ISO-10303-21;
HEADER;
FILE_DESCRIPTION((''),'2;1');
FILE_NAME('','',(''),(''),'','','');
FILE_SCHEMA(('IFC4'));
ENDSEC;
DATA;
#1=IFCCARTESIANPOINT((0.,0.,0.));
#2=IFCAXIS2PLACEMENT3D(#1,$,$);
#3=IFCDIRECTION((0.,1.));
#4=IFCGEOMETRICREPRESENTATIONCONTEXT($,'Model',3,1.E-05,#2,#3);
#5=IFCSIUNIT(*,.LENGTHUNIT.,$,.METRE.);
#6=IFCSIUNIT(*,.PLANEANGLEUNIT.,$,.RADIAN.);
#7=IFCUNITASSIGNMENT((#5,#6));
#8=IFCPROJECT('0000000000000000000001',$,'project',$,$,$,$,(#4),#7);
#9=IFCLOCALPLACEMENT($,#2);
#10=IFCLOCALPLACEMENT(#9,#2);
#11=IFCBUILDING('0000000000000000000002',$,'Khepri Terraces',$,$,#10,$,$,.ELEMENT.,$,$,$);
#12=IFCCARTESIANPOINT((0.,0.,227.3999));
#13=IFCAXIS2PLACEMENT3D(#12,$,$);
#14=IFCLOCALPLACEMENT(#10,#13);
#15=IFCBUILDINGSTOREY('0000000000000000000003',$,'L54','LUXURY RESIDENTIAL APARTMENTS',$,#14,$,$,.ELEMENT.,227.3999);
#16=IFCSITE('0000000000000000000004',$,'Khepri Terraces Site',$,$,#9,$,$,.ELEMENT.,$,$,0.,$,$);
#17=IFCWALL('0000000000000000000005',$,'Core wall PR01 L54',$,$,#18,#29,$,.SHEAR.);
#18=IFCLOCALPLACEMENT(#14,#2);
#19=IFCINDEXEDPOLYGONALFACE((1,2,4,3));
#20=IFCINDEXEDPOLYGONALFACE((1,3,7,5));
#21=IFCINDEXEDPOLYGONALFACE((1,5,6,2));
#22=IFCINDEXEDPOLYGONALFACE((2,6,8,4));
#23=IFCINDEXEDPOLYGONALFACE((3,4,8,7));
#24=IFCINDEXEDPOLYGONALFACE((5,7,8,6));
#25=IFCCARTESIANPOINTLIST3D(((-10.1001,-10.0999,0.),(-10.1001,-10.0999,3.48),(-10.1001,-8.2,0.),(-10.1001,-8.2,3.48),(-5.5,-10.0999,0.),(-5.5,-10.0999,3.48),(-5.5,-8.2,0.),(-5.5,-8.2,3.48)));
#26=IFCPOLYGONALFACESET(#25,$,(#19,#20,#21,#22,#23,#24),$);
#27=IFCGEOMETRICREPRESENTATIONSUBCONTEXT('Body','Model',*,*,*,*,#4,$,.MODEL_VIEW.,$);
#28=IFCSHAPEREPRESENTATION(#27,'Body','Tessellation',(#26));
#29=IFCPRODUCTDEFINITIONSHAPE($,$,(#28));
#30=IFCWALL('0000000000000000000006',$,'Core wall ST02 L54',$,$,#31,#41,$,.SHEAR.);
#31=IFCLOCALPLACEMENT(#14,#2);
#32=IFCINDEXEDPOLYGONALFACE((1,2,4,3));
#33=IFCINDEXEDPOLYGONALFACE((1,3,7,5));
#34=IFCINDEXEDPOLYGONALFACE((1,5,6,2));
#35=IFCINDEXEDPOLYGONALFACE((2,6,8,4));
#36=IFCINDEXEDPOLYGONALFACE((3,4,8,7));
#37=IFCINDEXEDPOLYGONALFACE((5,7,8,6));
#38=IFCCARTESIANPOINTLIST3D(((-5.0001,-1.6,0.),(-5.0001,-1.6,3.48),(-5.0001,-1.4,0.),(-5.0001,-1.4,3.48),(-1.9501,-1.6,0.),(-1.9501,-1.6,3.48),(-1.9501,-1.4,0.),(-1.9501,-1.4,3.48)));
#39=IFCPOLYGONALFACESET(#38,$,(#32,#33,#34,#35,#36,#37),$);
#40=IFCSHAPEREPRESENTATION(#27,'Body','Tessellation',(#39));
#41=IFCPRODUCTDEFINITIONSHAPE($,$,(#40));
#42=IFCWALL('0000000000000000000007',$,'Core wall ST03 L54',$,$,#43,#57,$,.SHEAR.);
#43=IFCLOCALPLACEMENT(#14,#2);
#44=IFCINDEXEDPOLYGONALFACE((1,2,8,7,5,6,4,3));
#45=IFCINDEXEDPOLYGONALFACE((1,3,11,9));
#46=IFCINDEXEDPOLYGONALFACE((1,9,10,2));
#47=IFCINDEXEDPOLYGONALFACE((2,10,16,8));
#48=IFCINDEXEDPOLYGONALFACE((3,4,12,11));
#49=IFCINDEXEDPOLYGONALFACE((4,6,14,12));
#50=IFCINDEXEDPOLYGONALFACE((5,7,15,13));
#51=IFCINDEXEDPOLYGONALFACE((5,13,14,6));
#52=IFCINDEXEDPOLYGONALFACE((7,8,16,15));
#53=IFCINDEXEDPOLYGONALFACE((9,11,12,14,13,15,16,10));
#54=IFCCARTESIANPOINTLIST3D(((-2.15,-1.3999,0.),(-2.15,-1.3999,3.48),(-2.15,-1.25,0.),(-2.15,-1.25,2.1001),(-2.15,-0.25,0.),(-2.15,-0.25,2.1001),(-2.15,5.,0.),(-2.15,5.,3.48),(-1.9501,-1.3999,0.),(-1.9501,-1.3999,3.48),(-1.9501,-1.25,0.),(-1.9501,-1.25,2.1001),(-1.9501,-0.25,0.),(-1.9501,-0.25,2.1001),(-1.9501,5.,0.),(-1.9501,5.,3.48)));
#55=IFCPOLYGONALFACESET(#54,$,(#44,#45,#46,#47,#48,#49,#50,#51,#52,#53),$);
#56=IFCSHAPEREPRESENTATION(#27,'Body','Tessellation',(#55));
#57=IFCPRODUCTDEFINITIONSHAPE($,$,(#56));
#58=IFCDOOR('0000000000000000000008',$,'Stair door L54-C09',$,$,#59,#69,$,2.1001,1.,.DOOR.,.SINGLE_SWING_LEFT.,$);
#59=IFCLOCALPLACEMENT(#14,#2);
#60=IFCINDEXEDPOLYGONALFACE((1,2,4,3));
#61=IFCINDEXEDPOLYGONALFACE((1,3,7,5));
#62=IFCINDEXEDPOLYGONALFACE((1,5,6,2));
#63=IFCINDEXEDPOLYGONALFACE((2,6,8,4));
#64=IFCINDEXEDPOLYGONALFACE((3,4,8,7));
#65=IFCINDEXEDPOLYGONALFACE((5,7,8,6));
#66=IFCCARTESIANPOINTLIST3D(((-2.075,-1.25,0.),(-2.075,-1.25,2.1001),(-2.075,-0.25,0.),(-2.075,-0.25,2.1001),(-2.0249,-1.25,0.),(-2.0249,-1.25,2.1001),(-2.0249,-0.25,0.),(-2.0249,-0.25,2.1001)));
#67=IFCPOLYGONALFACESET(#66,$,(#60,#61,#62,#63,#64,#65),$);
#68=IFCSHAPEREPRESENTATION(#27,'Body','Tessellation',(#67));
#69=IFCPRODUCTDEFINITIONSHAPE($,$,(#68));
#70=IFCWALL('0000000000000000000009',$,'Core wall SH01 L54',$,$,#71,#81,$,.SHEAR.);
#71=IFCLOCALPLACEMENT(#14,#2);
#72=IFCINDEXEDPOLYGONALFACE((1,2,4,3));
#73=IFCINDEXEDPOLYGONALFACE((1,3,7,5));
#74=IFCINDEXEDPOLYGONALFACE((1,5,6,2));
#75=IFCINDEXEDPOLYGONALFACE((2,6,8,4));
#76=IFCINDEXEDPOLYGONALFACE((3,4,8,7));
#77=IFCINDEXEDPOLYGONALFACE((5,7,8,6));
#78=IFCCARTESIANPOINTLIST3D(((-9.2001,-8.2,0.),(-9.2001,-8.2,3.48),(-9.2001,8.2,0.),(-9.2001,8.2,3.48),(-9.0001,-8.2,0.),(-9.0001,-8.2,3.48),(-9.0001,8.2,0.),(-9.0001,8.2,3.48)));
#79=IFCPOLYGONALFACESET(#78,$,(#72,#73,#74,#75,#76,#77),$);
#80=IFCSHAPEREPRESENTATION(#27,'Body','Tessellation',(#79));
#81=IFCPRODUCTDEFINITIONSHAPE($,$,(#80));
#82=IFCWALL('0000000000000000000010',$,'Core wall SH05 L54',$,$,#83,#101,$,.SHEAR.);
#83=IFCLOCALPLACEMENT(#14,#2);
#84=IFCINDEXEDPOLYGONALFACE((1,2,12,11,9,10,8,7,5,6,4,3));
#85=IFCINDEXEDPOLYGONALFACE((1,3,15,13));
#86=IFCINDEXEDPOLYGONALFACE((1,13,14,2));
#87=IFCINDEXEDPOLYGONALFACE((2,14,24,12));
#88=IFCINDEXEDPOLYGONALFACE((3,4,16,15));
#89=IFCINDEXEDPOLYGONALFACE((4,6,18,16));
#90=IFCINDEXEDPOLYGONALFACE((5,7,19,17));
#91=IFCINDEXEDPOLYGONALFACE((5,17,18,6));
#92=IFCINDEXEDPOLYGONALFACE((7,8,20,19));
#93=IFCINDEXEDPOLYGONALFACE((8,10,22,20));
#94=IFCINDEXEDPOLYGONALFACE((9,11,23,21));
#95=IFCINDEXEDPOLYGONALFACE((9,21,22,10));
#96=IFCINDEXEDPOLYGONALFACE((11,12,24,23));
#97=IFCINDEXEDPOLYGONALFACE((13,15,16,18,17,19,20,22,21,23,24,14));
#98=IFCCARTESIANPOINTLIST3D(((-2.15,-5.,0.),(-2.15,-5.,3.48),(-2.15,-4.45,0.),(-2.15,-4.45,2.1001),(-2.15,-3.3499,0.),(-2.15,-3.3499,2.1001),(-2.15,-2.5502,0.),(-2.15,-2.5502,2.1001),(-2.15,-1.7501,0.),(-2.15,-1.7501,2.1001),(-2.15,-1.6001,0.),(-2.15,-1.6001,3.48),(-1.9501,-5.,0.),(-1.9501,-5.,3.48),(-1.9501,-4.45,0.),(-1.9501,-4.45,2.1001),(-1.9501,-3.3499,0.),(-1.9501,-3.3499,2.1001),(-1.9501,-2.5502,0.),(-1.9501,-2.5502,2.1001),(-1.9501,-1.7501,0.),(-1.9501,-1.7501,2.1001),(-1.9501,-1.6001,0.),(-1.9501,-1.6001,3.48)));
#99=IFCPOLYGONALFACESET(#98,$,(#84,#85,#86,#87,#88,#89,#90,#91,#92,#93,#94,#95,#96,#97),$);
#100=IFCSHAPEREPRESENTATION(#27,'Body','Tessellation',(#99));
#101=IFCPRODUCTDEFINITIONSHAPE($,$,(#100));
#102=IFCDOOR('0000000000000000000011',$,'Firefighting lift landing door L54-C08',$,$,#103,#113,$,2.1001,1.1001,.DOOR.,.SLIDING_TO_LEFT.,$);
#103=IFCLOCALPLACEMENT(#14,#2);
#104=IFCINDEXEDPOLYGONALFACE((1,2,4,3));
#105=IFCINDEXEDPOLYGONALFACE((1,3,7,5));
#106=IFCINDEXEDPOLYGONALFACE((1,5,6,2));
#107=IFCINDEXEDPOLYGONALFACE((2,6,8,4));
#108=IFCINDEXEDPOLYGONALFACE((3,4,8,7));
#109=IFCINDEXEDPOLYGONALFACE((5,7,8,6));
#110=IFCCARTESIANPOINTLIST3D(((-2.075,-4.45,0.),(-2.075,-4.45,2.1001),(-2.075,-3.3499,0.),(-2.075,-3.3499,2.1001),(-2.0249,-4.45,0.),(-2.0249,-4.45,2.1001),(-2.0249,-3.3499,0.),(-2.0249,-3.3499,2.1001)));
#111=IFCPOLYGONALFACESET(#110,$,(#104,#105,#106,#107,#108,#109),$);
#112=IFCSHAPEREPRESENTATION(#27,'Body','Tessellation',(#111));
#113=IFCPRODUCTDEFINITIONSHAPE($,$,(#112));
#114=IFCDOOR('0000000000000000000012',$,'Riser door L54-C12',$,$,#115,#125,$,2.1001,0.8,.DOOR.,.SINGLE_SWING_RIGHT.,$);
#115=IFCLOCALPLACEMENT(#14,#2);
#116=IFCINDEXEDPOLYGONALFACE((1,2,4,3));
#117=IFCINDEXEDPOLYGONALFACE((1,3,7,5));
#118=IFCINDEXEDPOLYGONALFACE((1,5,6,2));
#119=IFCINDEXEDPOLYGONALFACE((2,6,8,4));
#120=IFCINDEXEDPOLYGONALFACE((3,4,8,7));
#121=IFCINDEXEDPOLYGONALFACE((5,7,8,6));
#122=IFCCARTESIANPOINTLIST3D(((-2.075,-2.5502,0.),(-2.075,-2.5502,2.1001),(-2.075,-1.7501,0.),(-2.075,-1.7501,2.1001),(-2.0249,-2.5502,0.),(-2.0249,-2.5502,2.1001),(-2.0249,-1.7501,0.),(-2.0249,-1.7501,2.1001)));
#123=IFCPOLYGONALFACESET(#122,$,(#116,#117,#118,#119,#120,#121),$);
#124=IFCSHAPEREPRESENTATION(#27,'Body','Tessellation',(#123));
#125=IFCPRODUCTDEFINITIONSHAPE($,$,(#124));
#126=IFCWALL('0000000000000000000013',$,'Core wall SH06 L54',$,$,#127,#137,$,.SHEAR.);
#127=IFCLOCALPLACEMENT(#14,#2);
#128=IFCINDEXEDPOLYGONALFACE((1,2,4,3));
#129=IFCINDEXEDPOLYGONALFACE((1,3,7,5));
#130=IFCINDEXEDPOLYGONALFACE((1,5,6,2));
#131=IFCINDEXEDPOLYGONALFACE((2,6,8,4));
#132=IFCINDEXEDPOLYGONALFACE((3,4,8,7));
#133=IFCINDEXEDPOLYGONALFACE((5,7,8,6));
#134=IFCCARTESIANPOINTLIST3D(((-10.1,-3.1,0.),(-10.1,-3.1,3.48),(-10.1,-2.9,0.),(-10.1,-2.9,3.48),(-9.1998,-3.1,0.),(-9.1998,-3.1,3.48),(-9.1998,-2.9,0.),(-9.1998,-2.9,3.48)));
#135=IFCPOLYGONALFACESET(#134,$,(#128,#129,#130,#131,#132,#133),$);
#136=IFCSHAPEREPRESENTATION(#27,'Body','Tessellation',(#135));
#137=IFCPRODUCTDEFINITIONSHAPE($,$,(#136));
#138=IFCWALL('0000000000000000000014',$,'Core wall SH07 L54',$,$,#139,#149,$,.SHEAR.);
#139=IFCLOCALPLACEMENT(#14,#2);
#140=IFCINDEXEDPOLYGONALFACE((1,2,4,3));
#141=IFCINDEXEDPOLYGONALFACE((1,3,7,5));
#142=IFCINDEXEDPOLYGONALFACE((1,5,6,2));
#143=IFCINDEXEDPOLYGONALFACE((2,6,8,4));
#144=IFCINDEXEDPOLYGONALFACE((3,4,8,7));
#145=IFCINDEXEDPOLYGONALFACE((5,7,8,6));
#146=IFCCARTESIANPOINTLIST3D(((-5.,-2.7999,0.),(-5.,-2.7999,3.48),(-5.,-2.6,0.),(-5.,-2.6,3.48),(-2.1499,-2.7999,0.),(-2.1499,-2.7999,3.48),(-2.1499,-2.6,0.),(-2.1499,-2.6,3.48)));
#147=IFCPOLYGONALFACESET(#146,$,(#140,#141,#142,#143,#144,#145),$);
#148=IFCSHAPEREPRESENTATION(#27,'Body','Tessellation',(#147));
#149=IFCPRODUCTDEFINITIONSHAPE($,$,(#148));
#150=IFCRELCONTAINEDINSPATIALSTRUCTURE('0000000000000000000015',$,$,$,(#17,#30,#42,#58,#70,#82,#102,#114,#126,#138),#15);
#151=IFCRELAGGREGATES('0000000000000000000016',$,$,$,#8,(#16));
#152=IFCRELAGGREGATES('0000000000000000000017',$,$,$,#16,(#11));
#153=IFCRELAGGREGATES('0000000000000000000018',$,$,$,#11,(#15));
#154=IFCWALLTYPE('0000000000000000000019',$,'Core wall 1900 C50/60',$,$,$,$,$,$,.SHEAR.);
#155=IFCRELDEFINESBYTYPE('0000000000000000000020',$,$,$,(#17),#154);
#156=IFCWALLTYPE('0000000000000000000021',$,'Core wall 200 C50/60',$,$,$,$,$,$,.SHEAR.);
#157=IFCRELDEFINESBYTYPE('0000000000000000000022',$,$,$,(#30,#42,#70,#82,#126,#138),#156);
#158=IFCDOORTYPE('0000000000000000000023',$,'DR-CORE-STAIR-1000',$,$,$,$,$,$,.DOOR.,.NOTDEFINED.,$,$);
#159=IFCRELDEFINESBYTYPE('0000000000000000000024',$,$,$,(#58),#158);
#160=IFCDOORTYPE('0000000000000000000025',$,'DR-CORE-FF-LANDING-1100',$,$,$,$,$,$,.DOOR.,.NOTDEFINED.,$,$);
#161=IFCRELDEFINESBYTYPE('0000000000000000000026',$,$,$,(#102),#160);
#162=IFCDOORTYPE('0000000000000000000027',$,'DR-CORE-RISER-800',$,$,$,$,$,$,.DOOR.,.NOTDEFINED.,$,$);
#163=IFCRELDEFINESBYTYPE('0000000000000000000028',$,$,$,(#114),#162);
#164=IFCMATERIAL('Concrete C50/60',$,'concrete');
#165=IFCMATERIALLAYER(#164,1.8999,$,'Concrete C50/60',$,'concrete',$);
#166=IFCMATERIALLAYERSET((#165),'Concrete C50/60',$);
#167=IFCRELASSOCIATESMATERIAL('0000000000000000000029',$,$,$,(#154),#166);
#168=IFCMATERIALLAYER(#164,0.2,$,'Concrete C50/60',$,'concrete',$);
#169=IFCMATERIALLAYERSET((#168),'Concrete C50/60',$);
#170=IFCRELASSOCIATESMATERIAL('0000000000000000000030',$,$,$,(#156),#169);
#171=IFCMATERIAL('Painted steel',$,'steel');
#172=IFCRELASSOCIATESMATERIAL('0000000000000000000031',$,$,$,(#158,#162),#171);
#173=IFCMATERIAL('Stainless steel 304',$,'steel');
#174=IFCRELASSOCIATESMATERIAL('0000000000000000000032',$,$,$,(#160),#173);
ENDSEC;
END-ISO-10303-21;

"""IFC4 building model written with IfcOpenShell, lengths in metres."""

from ifc_helpers import new_model, si_unit, direction, frame, frame_2d, origin, place, context, subcontext, project, spatial, rectangle, extrude, material, layer, layer_set, type_object, element, fill, save


model = new_model("IFC4")

# Units and contexts
model_context = context("Model", 3, precision=1e-05, world=origin(), true_north=direction((0.0, 1.0)))
body_context = subcontext(model_context, "Body", "Model", "MODEL_VIEW")
ifc_project = project(units=[si_unit("LENGTHUNIT", "METRE"), si_unit("PLANEANGLEUNIT", "RADIAN")], contexts=[model_context])

# Site, building, storey
site_placement = place(None, origin())
site = spatial("IfcSite", under=ifc_project, at=site_placement, Name="Khepri Terraces Site", CompositionType="ELEMENT", RefElevation=0.0)
building_placement = place(site_placement, origin())
building = spatial("IfcBuilding", under=site, at=building_placement, Name="Khepri Terraces", CompositionType="ELEMENT")
storey_placement = place(building_placement, frame((0.0, 0.0, 227.3999)))
storey = spatial("IfcBuildingStorey", under=building, at=storey_placement, Name="L54", Description="LUXURY RESIDENTIAL APARTMENTS", CompositionType="ELEMENT", Elevation=227.3999)

# Walls
ifc_material_1 = material(Name="Concrete C50/60", Category="concrete")
ifc_layer_1 = layer(ifc_material_1, 1.8999, Name="Concrete C50/60", Category="concrete")
ifc_layer_set_1 = layer_set([ifc_layer_1], Name="Concrete C50/60")
wall_type_1 = type_object("IfcWallType", Name="Core wall 1900 C50/60", PredefinedType="SHEAR", material=ifc_layer_set_1)
wall_1_placement = place(storey_placement, frame((-10.1001, -9.1499, 0.0), z_axis=(0.0, 0.0, 1.0), x_axis=(1.0, 0.0, 0.0)))
element("IfcWall", 1, at=wall_1_placement, inside=storey, type_object=wall_type_1, Name="Core wall PR01 L54", PredefinedType="SHEAR", context=body_context, shape_type="SweptSolid", body=[
    extrude(rectangle(XDim=4.6001, YDim=1.8999, at=frame_2d((2.3, 0.0))), origin(), (0.0, 0.0, 1.0), 3.48),
])
ifc_layer_2 = layer(ifc_material_1, 0.2, Name="Concrete C50/60", Category="concrete")
ifc_layer_set_2 = layer_set([ifc_layer_2], Name="Concrete C50/60")
wall_type_2 = type_object("IfcWallType", Name="Core wall 200 C50/60", PredefinedType="SHEAR", material=ifc_layer_set_2)
wall_2_placement = place(storey_placement, frame((-5.0, -1.5, 0.0), z_axis=(0.0, 0.0, 1.0), x_axis=(1.0, 0.0, 0.0)))
element("IfcWall", 2, at=wall_2_placement, inside=storey, type_object=wall_type_2, Name="Core wall ST02 L54", PredefinedType="SHEAR", context=body_context, shape_type="SweptSolid", body=[
    extrude(rectangle(XDim=3.05, YDim=0.2, at=frame_2d((1.5249, 0.0))), origin(), (0.0, 0.0, 1.0), 3.48),
])

# Wall, opening, door
wall_3_placement = place(storey_placement, frame((-2.05, -1.3999, 0.0), z_axis=(0.0, 0.0, 1.0), x_axis=(0.0, 1.0, 0.0)))
wall_3 = element("IfcWall", 3, at=wall_3_placement, inside=storey, type_object=wall_type_2, Name="Core wall ST03 L54", PredefinedType="SHEAR", context=body_context, shape_type="SweptSolid", body=[
    extrude(rectangle(XDim=6.3999, YDim=0.2, at=frame_2d((3.2, 0.0))), origin(), (0.0, 0.0, 1.0), 3.48),
])
opening_1_placement = place(wall_3_placement, frame((0.1499, 0.0, 0.0)))
opening_1 = element("IfcOpeningElement", 4, at=opening_1_placement, cuts=wall_3, PredefinedType="OPENING", context=body_context, shape_type="SweptSolid", body=[
    extrude(rectangle(XDim=1.0, YDim=2.1001, at=frame_2d((0.5, 1.05))), frame((0.0, 0.1099, 0.0), z_axis=(0.0, -1.0, 0.0), x_axis=(1.0, 0.0, 0.0)), (0.0, 0.0, 1.0), 0.22),
])
ifc_material_2 = material(Name="Painted steel", Category="steel")
door_type_1 = type_object("IfcDoorType", Name="DR-CORE-STAIR-1000", OperationType="NOTDEFINED", PredefinedType="DOOR", material=ifc_material_2)
door_1_placement = place(opening_1_placement, origin())
door_1 = element("IfcDoor", 5, at=door_1_placement, inside=storey, type_object=door_type_1, Name="Stair door L54-C09", OperationType="SINGLE_SWING_LEFT", OverallHeight=2.1001, OverallWidth=1.0, PredefinedType="DOOR", context=body_context, shape_type="SweptSolid", body=[
    extrude(rectangle(XDim=1.0, YDim=2.1001, at=frame_2d((0.5, 1.05))), frame((0.0, 0.0249, 0.0), z_axis=(0.0, -1.0, 0.0), x_axis=(1.0, 0.0, 0.0)), (0.0, 0.0, 1.0), 0.05),
])
fill(opening_1, door_1)

# Wall
wall_4_placement = place(storey_placement, frame((-9.1001, -8.2, 0.0), z_axis=(0.0, 0.0, 1.0), x_axis=(0.0, 1.0, 0.0)))
element("IfcWall", 6, at=wall_4_placement, inside=storey, type_object=wall_type_2, Name="Core wall SH01 L54", PredefinedType="SHEAR", context=body_context, shape_type="SweptSolid", body=[
    extrude(rectangle(XDim=16.3999, YDim=0.2, at=frame_2d((8.2, 0.0))), origin(), (0.0, 0.0, 1.0), 3.48),
])

# Wall, openings, doors
wall_5_placement = place(storey_placement, frame((-2.05, -5.0, 0.0), z_axis=(0.0, 0.0, 1.0), x_axis=(0.0, 1.0, 0.0)))
wall_5 = element("IfcWall", 7, at=wall_5_placement, inside=storey, type_object=wall_type_2, Name="Core wall SH05 L54", PredefinedType="SHEAR", context=body_context, shape_type="SweptSolid", body=[
    extrude(rectangle(XDim=3.3999, YDim=0.2, at=frame_2d((1.7, 0.0))), origin(), (0.0, 0.0, 1.0), 3.48),
])
opening_2_placement = place(wall_5_placement, frame((0.55, 0.0, 0.0)))
opening_2 = element("IfcOpeningElement", 8, at=opening_2_placement, cuts=wall_5, PredefinedType="OPENING", context=body_context, shape_type="SweptSolid", body=[
    extrude(rectangle(XDim=1.1001, YDim=2.1001, at=frame_2d((0.55, 1.05))), frame((0.0, 0.1099, 0.0), z_axis=(0.0, -1.0, 0.0), x_axis=(1.0, 0.0, 0.0)), (0.0, 0.0, 1.0), 0.22),
])
opening_3_placement = place(wall_5_placement, frame((2.45, 0.0, 0.0)))
opening_3 = element("IfcOpeningElement", 9, at=opening_3_placement, cuts=wall_5, PredefinedType="OPENING", context=body_context, shape_type="SweptSolid", body=[
    extrude(rectangle(XDim=0.8, YDim=2.1001, at=frame_2d((0.3999, 1.05))), frame((0.0, 0.1099, 0.0), z_axis=(0.0, -1.0, 0.0), x_axis=(1.0, 0.0, 0.0)), (0.0, 0.0, 1.0), 0.22),
])
ifc_material_3 = material(Name="Stainless steel 304", Category="steel")
door_type_2 = type_object("IfcDoorType", Name="DR-CORE-FF-LANDING-1100", OperationType="NOTDEFINED", PredefinedType="DOOR", material=ifc_material_3)
door_2_placement = place(opening_2_placement, origin())
door_2 = element("IfcDoor", 10, at=door_2_placement, inside=storey, type_object=door_type_2, Name="Firefighting lift landing door L54-C08", OperationType="SLIDING_TO_LEFT", OverallHeight=2.1001, OverallWidth=1.1001, PredefinedType="DOOR", context=body_context, shape_type="SweptSolid", body=[
    extrude(rectangle(XDim=1.1001, YDim=2.1001, at=frame_2d((0.55, 1.05))), frame((0.0, 0.0249, 0.0), z_axis=(0.0, -1.0, 0.0), x_axis=(1.0, 0.0, 0.0)), (0.0, 0.0, 1.0), 0.05),
])
fill(opening_2, door_2)
door_type_3 = type_object("IfcDoorType", Name="DR-CORE-RISER-800", OperationType="NOTDEFINED", PredefinedType="DOOR", material=ifc_material_2)
door_3_placement = place(opening_3_placement, origin())
door_3 = element("IfcDoor", 11, at=door_3_placement, inside=storey, type_object=door_type_3, Name="Riser door L54-C12", OperationType="SINGLE_SWING_RIGHT", OverallHeight=2.1001, OverallWidth=0.8, PredefinedType="DOOR", context=body_context, shape_type="SweptSolid", body=[
    extrude(rectangle(XDim=0.8, YDim=2.1001, at=frame_2d((0.3999, 1.05))), frame((0.0, 0.0249, 0.0), z_axis=(0.0, -1.0, 0.0), x_axis=(1.0, 0.0, 0.0)), (0.0, 0.0, 1.0), 0.05),
])
fill(opening_3, door_3)

# Walls
wall_6_placement = place(storey_placement, frame((-10.1001, -3.0, 0.0), z_axis=(0.0, 0.0, 1.0), x_axis=(1.0, 0.0, 0.0)))
element("IfcWall", 12, at=wall_6_placement, inside=storey, type_object=wall_type_2, Name="Core wall SH06 L54", PredefinedType="SHEAR", context=body_context, shape_type="SweptSolid", body=[
    extrude(rectangle(XDim=0.9001, YDim=0.2, at=frame_2d((0.4502, 0.0))), origin(), (0.0, 0.0, 1.0), 3.48),
])
wall_7_placement = place(storey_placement, frame((-5.0, -2.7, 0.0), z_axis=(0.0, 0.0, 1.0), x_axis=(1.0, 0.0, 0.0)))
element("IfcWall", 13, at=wall_7_placement, inside=storey, type_object=wall_type_2, Name="Core wall SH07 L54", PredefinedType="SHEAR", context=body_context, shape_type="SweptSolid", body=[
    extrude(rectangle(XDim=2.8501, YDim=0.2, at=frame_2d((1.425, 0.0))), origin(), (0.0, 0.0, 1.0), 3.48),
])

save(model, "model.ifc")
